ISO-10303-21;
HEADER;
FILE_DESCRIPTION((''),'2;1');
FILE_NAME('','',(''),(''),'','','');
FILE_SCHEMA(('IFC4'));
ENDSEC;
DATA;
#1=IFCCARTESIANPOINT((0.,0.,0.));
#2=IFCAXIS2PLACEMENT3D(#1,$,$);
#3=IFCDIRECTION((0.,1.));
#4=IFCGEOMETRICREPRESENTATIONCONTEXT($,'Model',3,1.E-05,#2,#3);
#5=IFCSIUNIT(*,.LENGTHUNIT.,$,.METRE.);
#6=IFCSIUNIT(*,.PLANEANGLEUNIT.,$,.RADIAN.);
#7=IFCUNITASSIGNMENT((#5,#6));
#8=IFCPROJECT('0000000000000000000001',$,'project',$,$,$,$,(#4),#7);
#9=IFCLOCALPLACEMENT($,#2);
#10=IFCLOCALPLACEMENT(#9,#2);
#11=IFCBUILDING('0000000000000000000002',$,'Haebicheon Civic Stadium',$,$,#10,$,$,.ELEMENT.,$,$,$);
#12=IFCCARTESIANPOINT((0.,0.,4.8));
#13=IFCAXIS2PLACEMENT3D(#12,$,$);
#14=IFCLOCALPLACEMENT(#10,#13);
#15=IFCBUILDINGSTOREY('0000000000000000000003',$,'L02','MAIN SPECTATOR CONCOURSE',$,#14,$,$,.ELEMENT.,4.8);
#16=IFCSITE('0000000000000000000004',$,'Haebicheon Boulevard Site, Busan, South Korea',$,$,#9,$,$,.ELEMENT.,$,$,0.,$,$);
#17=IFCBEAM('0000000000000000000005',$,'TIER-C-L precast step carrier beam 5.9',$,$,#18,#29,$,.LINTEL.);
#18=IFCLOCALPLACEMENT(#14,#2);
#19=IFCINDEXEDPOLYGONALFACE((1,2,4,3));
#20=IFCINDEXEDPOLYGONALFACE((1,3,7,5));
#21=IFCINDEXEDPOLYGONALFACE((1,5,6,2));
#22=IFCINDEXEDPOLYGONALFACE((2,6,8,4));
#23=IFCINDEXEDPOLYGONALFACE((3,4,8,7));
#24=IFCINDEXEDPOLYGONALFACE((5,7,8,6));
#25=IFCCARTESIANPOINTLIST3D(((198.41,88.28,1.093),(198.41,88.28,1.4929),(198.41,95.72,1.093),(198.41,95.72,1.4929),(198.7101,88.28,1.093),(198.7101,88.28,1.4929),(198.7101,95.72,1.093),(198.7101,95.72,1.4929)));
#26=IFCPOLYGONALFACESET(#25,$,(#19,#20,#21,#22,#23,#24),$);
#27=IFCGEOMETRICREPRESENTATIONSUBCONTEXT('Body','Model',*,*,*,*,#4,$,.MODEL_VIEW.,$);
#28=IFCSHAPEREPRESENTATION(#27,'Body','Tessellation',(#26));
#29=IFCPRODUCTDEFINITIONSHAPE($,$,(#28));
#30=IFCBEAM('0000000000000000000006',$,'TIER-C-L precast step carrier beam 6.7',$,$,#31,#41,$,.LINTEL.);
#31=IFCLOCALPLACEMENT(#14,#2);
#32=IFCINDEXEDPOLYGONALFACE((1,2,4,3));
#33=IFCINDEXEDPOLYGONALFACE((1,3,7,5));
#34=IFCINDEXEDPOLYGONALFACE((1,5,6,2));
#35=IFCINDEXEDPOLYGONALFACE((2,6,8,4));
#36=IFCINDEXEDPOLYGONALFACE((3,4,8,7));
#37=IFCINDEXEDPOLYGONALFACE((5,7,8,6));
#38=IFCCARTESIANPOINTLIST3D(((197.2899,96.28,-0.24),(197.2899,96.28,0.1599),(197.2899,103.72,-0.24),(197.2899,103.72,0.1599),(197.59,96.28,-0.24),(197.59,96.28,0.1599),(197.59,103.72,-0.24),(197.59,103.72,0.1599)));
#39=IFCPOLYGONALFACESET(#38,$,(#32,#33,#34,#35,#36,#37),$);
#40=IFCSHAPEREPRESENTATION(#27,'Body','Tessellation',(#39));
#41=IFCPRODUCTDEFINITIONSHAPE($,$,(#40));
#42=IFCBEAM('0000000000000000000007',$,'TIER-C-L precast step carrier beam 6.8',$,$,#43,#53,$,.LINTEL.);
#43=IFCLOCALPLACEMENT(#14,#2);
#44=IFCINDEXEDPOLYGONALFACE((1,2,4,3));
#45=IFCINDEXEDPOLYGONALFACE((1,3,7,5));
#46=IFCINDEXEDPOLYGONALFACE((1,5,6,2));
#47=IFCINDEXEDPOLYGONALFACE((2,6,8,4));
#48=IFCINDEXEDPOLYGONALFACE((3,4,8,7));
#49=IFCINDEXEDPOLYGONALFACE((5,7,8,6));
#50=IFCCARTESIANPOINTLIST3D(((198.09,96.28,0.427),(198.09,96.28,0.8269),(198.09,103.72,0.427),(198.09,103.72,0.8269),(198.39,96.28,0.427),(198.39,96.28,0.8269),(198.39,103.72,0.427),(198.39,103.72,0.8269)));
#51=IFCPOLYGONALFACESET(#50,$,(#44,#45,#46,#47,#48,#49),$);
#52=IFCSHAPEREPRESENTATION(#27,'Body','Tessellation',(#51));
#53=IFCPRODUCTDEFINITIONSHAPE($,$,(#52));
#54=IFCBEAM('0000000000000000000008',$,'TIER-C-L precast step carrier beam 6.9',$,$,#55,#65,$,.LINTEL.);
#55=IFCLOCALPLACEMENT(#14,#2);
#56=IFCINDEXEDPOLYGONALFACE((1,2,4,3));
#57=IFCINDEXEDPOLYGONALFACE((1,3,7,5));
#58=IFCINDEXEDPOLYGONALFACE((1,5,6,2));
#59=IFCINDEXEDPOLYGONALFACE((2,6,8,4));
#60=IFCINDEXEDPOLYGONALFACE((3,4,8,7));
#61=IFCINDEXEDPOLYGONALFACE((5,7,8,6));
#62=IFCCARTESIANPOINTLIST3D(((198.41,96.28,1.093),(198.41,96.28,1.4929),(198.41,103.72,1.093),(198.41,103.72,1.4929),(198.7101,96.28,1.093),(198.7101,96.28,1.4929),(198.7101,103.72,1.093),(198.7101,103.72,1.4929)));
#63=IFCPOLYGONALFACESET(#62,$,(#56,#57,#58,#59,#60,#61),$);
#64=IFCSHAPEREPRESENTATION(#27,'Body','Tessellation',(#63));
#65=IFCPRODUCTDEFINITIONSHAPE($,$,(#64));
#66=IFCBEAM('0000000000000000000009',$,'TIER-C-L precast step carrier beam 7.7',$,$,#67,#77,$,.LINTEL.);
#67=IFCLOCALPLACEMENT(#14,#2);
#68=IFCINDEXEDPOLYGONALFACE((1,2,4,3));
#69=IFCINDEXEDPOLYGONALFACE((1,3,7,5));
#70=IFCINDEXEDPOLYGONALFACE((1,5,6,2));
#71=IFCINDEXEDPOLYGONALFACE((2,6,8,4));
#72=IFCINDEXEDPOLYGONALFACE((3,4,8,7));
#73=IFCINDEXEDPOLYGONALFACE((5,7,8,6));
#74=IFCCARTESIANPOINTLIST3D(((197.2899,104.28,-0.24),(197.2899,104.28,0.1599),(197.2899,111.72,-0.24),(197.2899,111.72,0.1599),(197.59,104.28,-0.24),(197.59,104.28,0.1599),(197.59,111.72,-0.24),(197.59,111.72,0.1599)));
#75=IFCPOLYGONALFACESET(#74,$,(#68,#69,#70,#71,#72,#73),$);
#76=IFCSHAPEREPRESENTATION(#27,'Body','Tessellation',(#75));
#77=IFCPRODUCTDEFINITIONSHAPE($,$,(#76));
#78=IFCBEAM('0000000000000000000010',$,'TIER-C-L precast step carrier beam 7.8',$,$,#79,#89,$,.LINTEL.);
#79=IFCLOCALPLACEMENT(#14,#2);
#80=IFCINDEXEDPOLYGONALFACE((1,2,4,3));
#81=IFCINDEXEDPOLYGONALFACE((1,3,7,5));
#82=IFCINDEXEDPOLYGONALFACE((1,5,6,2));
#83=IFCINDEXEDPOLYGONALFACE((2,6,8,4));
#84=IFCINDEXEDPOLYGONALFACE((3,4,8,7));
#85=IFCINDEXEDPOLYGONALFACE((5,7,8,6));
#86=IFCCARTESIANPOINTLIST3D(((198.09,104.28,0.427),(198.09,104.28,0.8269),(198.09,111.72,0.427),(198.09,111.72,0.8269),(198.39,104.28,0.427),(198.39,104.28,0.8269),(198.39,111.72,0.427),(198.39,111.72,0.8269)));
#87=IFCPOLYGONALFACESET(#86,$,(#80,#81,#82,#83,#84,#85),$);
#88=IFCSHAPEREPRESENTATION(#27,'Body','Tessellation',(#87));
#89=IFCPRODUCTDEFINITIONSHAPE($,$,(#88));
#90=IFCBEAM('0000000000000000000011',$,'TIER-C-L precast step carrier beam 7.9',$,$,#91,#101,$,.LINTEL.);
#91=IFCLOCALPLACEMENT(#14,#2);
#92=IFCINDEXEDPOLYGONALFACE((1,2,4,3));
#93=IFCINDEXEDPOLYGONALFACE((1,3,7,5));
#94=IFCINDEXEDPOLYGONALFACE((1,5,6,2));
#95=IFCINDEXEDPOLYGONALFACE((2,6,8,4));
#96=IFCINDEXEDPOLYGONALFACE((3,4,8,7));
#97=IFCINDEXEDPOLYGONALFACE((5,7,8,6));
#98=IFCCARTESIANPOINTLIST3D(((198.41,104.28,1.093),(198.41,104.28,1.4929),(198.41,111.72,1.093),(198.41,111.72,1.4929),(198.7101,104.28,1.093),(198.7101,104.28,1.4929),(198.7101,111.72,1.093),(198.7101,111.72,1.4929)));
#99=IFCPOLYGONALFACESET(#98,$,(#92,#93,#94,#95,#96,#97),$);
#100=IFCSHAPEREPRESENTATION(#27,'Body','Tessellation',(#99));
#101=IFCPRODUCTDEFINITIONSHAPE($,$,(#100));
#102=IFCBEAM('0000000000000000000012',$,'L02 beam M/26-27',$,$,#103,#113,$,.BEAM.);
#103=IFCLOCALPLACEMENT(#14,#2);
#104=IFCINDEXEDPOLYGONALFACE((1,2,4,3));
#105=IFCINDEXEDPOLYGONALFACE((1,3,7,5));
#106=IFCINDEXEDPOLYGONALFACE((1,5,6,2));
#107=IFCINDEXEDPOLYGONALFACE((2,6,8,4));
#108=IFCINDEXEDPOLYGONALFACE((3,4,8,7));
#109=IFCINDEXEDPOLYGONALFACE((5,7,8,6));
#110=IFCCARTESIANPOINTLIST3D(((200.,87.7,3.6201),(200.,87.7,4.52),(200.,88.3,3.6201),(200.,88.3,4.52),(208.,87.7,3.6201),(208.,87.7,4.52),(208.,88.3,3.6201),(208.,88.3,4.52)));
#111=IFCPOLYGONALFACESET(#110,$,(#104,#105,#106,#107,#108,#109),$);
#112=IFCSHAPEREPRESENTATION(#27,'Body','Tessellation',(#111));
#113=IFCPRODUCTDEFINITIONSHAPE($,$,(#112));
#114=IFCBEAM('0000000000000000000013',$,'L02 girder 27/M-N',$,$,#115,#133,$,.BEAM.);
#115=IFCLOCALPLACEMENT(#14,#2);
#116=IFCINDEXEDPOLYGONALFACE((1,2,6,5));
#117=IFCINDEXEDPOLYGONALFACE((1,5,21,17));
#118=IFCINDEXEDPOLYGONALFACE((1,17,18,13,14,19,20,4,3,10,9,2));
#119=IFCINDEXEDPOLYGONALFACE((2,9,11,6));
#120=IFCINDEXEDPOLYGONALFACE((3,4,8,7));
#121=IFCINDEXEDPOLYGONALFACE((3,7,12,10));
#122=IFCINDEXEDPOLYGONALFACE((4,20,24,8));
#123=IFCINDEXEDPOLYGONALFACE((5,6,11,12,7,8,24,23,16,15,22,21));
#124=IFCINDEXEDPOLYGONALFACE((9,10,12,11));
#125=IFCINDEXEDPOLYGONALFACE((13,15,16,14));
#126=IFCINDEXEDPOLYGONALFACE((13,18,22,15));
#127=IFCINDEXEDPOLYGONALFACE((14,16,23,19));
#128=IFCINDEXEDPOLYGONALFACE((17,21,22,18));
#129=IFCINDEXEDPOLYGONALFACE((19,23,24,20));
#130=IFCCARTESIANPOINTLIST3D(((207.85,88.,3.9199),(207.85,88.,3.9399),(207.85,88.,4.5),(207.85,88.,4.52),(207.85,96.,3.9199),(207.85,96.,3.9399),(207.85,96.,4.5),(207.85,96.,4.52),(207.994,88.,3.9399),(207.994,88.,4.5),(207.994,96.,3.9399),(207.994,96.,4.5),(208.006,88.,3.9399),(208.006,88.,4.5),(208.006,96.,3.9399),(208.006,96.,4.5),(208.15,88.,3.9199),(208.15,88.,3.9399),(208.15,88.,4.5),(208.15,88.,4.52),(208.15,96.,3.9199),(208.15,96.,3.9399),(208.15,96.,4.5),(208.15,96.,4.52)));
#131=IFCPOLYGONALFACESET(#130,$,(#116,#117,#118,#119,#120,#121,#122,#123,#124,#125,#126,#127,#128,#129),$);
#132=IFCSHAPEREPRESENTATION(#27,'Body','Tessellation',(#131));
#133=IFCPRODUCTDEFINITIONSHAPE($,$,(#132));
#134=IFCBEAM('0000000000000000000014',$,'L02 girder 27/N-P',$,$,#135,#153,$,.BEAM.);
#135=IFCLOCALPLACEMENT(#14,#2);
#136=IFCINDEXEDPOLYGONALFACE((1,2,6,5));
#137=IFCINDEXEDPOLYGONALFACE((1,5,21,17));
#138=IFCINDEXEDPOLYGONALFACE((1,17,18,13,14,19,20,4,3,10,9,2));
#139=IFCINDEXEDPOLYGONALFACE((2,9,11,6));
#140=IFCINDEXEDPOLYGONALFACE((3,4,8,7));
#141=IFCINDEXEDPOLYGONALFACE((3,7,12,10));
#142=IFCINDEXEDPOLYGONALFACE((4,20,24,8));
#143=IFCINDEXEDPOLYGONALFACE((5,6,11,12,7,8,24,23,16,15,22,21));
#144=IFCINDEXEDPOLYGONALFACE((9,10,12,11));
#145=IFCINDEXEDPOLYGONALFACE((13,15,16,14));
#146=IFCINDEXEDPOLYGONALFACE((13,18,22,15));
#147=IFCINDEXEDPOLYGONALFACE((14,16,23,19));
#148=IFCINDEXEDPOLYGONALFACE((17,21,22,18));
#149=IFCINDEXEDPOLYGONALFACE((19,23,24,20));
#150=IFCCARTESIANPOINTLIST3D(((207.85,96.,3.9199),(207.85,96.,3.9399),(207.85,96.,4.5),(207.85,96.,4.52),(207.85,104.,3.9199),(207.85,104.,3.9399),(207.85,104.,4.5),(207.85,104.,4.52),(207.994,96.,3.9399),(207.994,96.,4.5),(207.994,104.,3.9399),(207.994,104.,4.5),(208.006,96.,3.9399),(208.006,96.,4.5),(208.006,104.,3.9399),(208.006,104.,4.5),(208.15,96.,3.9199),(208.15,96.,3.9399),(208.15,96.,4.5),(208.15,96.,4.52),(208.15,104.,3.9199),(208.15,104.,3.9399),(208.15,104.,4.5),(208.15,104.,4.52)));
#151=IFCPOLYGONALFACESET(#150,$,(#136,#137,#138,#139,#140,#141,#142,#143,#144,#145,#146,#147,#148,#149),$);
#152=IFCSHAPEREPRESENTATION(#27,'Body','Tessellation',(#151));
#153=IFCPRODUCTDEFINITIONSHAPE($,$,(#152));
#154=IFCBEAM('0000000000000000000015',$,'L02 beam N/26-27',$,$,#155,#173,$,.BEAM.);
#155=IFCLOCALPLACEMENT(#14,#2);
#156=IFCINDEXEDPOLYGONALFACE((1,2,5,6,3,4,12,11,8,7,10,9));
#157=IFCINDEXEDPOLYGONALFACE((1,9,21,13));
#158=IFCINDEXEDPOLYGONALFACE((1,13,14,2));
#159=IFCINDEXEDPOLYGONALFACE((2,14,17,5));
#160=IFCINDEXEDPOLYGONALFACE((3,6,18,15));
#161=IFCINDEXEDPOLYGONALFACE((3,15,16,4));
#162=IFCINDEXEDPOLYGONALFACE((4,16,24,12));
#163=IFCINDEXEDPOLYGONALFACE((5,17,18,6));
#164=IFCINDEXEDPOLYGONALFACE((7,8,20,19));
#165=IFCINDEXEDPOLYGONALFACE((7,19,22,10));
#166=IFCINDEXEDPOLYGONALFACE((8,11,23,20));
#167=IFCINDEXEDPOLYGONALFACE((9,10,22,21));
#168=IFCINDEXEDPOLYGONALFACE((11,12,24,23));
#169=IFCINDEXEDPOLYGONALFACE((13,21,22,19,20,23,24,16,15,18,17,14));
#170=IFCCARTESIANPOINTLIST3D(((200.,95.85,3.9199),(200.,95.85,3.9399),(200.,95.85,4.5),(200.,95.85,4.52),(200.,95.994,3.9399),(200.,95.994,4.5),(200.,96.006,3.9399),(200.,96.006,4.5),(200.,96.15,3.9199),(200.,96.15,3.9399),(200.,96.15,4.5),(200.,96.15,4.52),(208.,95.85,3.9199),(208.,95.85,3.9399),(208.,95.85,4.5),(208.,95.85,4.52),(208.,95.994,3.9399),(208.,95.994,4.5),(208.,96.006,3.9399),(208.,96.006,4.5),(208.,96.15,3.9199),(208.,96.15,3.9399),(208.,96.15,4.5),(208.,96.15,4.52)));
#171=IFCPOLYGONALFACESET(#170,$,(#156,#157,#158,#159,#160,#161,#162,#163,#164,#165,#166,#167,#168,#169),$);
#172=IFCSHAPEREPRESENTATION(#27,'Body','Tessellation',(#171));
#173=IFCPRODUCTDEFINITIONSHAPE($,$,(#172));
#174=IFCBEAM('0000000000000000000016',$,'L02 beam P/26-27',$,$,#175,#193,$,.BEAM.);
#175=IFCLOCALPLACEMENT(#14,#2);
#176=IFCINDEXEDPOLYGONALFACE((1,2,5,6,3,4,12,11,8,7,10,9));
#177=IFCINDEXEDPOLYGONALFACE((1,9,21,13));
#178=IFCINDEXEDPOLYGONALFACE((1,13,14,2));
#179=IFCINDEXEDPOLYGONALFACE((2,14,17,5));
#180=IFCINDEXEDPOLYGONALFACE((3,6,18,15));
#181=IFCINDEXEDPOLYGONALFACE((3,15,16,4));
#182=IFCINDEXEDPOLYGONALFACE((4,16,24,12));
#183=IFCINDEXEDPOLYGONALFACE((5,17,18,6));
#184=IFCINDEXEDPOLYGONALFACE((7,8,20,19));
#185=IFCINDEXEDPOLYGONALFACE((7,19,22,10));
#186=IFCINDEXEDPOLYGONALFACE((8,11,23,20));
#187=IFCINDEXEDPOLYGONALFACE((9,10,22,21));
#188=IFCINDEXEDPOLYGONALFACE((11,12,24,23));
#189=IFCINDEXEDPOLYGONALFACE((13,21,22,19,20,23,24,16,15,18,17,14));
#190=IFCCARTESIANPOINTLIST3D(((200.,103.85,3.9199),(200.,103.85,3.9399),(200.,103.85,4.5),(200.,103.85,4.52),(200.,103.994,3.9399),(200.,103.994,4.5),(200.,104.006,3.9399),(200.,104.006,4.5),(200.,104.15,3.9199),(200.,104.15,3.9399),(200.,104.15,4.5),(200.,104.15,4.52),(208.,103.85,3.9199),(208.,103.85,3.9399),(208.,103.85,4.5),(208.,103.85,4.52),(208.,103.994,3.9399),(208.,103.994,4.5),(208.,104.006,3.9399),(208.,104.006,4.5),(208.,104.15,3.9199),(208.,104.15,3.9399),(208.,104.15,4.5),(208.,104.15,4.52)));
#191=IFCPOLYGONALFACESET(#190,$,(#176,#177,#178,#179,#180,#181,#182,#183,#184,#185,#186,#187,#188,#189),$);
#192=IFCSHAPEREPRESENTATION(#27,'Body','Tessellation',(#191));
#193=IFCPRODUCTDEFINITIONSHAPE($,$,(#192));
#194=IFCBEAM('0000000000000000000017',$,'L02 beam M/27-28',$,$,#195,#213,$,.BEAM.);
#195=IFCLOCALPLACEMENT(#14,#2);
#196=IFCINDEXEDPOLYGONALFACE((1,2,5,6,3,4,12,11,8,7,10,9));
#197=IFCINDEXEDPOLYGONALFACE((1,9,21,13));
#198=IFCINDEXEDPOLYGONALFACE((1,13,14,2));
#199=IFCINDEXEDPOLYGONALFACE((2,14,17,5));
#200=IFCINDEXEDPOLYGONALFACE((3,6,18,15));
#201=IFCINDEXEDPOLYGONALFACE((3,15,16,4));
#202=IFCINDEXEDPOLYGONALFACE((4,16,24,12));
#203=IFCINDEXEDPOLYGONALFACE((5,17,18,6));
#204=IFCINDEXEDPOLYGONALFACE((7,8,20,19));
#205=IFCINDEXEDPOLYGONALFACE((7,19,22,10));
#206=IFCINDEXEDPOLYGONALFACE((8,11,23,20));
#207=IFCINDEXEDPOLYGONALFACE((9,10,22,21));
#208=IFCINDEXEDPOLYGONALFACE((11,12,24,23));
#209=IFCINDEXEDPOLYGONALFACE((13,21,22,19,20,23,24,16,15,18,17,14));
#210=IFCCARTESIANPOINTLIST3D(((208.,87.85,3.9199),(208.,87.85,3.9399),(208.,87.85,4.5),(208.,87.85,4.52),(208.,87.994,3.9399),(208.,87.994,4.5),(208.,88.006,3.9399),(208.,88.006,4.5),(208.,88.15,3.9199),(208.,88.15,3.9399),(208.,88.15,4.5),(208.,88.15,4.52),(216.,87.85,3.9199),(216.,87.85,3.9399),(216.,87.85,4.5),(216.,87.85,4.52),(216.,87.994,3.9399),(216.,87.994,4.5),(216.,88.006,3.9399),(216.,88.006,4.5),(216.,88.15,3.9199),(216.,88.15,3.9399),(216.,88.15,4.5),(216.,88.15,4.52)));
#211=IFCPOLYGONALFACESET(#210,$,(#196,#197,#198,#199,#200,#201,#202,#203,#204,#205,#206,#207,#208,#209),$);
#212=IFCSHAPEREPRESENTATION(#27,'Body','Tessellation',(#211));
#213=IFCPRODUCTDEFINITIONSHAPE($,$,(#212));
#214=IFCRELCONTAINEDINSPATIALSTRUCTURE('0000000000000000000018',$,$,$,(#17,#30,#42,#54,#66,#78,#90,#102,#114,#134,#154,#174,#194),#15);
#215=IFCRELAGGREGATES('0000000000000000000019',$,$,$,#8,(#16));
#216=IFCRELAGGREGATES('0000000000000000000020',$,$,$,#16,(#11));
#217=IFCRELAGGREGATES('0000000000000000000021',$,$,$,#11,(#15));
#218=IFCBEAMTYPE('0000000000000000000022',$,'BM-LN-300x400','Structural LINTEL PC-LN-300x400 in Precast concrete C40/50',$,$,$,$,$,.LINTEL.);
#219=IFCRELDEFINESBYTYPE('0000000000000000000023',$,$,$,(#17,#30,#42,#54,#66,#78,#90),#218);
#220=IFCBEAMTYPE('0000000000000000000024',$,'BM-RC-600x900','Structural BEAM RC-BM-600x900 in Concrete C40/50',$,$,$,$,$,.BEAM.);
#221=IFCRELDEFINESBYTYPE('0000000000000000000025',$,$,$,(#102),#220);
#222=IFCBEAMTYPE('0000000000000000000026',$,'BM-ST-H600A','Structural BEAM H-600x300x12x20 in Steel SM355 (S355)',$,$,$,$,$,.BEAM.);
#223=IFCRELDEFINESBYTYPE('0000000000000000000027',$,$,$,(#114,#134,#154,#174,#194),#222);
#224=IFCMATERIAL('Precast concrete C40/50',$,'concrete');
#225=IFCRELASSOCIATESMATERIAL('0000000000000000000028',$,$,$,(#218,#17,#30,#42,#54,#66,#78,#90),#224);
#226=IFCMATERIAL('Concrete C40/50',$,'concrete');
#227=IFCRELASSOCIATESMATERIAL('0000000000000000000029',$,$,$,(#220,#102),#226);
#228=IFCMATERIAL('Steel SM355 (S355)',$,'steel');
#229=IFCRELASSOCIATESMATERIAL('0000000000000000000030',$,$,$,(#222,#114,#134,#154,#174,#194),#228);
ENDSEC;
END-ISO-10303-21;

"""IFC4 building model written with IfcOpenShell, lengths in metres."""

from ifc_helpers import new_model, si_unit, direction, frame, origin, origin_2d, place, context, subcontext, project, spatial, rectangle, i_section, extrude, material, material_profile, profile_set, type_object, element, save


model = new_model("IFC4")

# Units and contexts
model_context = context("Model", 3, precision=1e-05, world=origin(), true_north=direction((0.0, 1.0)))
body_context = subcontext(model_context, "Body", "Model", "MODEL_VIEW")
ifc_project = project(units=[si_unit("LENGTHUNIT", "METRE"), si_unit("PLANEANGLEUNIT", "RADIAN")], contexts=[model_context])

# Site, building, storey
site_placement = place(None, origin())
site = spatial("IfcSite", under=ifc_project, at=site_placement, Name="Haebicheon Boulevard Site, Busan, South Korea", CompositionType="ELEMENT", RefElevation=0.0)
building_placement = place(site_placement, origin())
building = spatial("IfcBuilding", under=site, at=building_placement, Name="Haebicheon Civic Stadium", CompositionType="ELEMENT")
storey_placement = place(building_placement, frame((0.0, 0.0, 4.8)))
storey = spatial("IfcBuildingStorey", under=building, at=storey_placement, Name="L02", Description="MAIN SPECTATOR CONCOURSE", CompositionType="ELEMENT", Elevation=4.8)

# Beams
ifc_material_1 = material(Name="Precast concrete C40/50", Category="concrete")
ifc_material_profile_1 = material_profile(ifc_material_1, rectangle(XDim=0.3, YDim=0.3999, at=origin_2d()), Name="PC-LN-300x400")
ifc_profile_set_1 = profile_set([ifc_material_profile_1], Name="Precast concrete C40/50")
beam_type_1 = type_object("IfcBeamType", Name="BM-LN-300x400", Description="Structural LINTEL PC-LN-300x400 in Precast concrete C40/50", PredefinedType="LINTEL", material=ifc_profile_set_1)
for number, where, z_axis, x_axis, name in (
    (1, (198.5601, 88.28, 1.293), (0.0, 1.0, 0.0), (-1.0, 0.0, 0.0), "TIER-C-L precast step carrier beam 5.9"),
    (2, (197.4399, 96.28, -0.04), (0.0, 1.0, 0.0), (-1.0, 0.0, 0.0), "TIER-C-L precast step carrier beam 6.7"),
    (3, (198.24, 96.28, 0.627), (0.0, 1.0, 0.0), (-1.0, 0.0, 0.0), "TIER-C-L precast step carrier beam 6.8"),
    (4, (198.5601, 96.28, 1.293), (0.0, 1.0, 0.0), (-1.0, 0.0, 0.0), "TIER-C-L precast step carrier beam 6.9"),
    (5, (197.4399, 104.28, -0.04), (0.0, 1.0, 0.0), (-1.0, 0.0, 0.0), "TIER-C-L precast step carrier beam 7.7"),
    (6, (198.24, 104.28, 0.627), (0.0, 1.0, 0.0), (-1.0, 0.0, 0.0), "TIER-C-L precast step carrier beam 7.8"),
    (7, (198.5601, 104.28, 1.293), (0.0, 1.0, 0.0), (-1.0, 0.0, 0.0), "TIER-C-L precast step carrier beam 7.9"),
):
    element("IfcBeam", number, at=place(storey_placement, frame(where, z_axis=z_axis, x_axis=x_axis)), inside=storey, type_object=beam_type_1, material=ifc_profile_set_1, Name=name, PredefinedType="LINTEL", context=body_context, shape_type="SweptSolid", body=[
        extrude(rectangle(XDim=0.3, YDim=0.3999, at=origin_2d()), origin(), (0.0, 0.0, 1.0), 7.4399),
    ])
ifc_material_2 = material(Name="Concrete C40/50", Category="concrete")
ifc_material_profile_2 = material_profile(ifc_material_2, rectangle(XDim=0.6001, YDim=0.8999, at=origin_2d()), Name="RC-BM-600x900")
ifc_profile_set_2 = profile_set([ifc_material_profile_2], Name="Concrete C40/50")
beam_type_2 = type_object("IfcBeamType", Name="BM-RC-600x900", Description="Structural BEAM RC-BM-600x900 in Concrete C40/50", PredefinedType="BEAM", material=ifc_profile_set_2)
beam_placement = place(storey_placement, frame((200.0, 88.0, 4.0701), z_axis=(1.0, 0.0, 0.0), x_axis=(0.0, 1.0, 0.0)))
element("IfcBeam", 8, at=beam_placement, inside=storey, type_object=beam_type_2, material=ifc_profile_set_2, Name="L02 beam M/26-27", PredefinedType="BEAM", context=body_context, shape_type="SweptSolid", body=[
    extrude(rectangle(XDim=0.6001, YDim=0.8999, at=origin_2d()), origin(), (0.0, 0.0, 1.0), 8.0),
])
ifc_material_3 = material(Name="Steel SM355 (S355)", Category="steel")
ifc_material_profile_3 = material_profile(ifc_material_3, i_section(OverallWidth=0.3, OverallDepth=0.6001, WebThickness=0.012, FlangeThickness=0.02, at=origin_2d()), Name="H-600x300x12x20")
ifc_profile_set_3 = profile_set([ifc_material_profile_3], Name="Steel SM355 (S355)")
beam_type_3 = type_object("IfcBeamType", Name="BM-ST-H600A", Description="Structural BEAM H-600x300x12x20 in Steel SM355 (S355)", PredefinedType="BEAM", material=ifc_profile_set_3)
for number, where, z_axis, x_axis, name in (
    (9, (208.0, 88.0, 4.22), (0.0, 1.0, 0.0), (-1.0, 0.0, 0.0), "L02 girder 27/M-N"),
    (10, (208.0, 96.0, 4.22), (0.0, 1.0, 0.0), (-1.0, 0.0, 0.0), "L02 girder 27/N-P"),
    (11, (200.0, 96.0, 4.22), (1.0, 0.0, 0.0), (0.0, 1.0, 0.0), "L02 beam N/26-27"),
    (12, (200.0, 104.0, 4.22), (1.0, 0.0, 0.0), (0.0, 1.0, 0.0), "L02 beam P/26-27"),
    (13, (208.0, 88.0, 4.22), (1.0, 0.0, 0.0), (0.0, 1.0, 0.0), "L02 beam M/27-28"),
):
    element("IfcBeam", number, at=place(storey_placement, frame(where, z_axis=z_axis, x_axis=x_axis)), inside=storey, type_object=beam_type_3, material=ifc_profile_set_3, Name=name, PredefinedType="BEAM", context=body_context, shape_type="SweptSolid", body=[
        extrude(i_section(OverallWidth=0.3, OverallDepth=0.6001, WebThickness=0.012, FlangeThickness=0.02, at=origin_2d()), origin(), (0.0, 0.0, 1.0), 8.0),
    ])

save(model, "model.ifc")
